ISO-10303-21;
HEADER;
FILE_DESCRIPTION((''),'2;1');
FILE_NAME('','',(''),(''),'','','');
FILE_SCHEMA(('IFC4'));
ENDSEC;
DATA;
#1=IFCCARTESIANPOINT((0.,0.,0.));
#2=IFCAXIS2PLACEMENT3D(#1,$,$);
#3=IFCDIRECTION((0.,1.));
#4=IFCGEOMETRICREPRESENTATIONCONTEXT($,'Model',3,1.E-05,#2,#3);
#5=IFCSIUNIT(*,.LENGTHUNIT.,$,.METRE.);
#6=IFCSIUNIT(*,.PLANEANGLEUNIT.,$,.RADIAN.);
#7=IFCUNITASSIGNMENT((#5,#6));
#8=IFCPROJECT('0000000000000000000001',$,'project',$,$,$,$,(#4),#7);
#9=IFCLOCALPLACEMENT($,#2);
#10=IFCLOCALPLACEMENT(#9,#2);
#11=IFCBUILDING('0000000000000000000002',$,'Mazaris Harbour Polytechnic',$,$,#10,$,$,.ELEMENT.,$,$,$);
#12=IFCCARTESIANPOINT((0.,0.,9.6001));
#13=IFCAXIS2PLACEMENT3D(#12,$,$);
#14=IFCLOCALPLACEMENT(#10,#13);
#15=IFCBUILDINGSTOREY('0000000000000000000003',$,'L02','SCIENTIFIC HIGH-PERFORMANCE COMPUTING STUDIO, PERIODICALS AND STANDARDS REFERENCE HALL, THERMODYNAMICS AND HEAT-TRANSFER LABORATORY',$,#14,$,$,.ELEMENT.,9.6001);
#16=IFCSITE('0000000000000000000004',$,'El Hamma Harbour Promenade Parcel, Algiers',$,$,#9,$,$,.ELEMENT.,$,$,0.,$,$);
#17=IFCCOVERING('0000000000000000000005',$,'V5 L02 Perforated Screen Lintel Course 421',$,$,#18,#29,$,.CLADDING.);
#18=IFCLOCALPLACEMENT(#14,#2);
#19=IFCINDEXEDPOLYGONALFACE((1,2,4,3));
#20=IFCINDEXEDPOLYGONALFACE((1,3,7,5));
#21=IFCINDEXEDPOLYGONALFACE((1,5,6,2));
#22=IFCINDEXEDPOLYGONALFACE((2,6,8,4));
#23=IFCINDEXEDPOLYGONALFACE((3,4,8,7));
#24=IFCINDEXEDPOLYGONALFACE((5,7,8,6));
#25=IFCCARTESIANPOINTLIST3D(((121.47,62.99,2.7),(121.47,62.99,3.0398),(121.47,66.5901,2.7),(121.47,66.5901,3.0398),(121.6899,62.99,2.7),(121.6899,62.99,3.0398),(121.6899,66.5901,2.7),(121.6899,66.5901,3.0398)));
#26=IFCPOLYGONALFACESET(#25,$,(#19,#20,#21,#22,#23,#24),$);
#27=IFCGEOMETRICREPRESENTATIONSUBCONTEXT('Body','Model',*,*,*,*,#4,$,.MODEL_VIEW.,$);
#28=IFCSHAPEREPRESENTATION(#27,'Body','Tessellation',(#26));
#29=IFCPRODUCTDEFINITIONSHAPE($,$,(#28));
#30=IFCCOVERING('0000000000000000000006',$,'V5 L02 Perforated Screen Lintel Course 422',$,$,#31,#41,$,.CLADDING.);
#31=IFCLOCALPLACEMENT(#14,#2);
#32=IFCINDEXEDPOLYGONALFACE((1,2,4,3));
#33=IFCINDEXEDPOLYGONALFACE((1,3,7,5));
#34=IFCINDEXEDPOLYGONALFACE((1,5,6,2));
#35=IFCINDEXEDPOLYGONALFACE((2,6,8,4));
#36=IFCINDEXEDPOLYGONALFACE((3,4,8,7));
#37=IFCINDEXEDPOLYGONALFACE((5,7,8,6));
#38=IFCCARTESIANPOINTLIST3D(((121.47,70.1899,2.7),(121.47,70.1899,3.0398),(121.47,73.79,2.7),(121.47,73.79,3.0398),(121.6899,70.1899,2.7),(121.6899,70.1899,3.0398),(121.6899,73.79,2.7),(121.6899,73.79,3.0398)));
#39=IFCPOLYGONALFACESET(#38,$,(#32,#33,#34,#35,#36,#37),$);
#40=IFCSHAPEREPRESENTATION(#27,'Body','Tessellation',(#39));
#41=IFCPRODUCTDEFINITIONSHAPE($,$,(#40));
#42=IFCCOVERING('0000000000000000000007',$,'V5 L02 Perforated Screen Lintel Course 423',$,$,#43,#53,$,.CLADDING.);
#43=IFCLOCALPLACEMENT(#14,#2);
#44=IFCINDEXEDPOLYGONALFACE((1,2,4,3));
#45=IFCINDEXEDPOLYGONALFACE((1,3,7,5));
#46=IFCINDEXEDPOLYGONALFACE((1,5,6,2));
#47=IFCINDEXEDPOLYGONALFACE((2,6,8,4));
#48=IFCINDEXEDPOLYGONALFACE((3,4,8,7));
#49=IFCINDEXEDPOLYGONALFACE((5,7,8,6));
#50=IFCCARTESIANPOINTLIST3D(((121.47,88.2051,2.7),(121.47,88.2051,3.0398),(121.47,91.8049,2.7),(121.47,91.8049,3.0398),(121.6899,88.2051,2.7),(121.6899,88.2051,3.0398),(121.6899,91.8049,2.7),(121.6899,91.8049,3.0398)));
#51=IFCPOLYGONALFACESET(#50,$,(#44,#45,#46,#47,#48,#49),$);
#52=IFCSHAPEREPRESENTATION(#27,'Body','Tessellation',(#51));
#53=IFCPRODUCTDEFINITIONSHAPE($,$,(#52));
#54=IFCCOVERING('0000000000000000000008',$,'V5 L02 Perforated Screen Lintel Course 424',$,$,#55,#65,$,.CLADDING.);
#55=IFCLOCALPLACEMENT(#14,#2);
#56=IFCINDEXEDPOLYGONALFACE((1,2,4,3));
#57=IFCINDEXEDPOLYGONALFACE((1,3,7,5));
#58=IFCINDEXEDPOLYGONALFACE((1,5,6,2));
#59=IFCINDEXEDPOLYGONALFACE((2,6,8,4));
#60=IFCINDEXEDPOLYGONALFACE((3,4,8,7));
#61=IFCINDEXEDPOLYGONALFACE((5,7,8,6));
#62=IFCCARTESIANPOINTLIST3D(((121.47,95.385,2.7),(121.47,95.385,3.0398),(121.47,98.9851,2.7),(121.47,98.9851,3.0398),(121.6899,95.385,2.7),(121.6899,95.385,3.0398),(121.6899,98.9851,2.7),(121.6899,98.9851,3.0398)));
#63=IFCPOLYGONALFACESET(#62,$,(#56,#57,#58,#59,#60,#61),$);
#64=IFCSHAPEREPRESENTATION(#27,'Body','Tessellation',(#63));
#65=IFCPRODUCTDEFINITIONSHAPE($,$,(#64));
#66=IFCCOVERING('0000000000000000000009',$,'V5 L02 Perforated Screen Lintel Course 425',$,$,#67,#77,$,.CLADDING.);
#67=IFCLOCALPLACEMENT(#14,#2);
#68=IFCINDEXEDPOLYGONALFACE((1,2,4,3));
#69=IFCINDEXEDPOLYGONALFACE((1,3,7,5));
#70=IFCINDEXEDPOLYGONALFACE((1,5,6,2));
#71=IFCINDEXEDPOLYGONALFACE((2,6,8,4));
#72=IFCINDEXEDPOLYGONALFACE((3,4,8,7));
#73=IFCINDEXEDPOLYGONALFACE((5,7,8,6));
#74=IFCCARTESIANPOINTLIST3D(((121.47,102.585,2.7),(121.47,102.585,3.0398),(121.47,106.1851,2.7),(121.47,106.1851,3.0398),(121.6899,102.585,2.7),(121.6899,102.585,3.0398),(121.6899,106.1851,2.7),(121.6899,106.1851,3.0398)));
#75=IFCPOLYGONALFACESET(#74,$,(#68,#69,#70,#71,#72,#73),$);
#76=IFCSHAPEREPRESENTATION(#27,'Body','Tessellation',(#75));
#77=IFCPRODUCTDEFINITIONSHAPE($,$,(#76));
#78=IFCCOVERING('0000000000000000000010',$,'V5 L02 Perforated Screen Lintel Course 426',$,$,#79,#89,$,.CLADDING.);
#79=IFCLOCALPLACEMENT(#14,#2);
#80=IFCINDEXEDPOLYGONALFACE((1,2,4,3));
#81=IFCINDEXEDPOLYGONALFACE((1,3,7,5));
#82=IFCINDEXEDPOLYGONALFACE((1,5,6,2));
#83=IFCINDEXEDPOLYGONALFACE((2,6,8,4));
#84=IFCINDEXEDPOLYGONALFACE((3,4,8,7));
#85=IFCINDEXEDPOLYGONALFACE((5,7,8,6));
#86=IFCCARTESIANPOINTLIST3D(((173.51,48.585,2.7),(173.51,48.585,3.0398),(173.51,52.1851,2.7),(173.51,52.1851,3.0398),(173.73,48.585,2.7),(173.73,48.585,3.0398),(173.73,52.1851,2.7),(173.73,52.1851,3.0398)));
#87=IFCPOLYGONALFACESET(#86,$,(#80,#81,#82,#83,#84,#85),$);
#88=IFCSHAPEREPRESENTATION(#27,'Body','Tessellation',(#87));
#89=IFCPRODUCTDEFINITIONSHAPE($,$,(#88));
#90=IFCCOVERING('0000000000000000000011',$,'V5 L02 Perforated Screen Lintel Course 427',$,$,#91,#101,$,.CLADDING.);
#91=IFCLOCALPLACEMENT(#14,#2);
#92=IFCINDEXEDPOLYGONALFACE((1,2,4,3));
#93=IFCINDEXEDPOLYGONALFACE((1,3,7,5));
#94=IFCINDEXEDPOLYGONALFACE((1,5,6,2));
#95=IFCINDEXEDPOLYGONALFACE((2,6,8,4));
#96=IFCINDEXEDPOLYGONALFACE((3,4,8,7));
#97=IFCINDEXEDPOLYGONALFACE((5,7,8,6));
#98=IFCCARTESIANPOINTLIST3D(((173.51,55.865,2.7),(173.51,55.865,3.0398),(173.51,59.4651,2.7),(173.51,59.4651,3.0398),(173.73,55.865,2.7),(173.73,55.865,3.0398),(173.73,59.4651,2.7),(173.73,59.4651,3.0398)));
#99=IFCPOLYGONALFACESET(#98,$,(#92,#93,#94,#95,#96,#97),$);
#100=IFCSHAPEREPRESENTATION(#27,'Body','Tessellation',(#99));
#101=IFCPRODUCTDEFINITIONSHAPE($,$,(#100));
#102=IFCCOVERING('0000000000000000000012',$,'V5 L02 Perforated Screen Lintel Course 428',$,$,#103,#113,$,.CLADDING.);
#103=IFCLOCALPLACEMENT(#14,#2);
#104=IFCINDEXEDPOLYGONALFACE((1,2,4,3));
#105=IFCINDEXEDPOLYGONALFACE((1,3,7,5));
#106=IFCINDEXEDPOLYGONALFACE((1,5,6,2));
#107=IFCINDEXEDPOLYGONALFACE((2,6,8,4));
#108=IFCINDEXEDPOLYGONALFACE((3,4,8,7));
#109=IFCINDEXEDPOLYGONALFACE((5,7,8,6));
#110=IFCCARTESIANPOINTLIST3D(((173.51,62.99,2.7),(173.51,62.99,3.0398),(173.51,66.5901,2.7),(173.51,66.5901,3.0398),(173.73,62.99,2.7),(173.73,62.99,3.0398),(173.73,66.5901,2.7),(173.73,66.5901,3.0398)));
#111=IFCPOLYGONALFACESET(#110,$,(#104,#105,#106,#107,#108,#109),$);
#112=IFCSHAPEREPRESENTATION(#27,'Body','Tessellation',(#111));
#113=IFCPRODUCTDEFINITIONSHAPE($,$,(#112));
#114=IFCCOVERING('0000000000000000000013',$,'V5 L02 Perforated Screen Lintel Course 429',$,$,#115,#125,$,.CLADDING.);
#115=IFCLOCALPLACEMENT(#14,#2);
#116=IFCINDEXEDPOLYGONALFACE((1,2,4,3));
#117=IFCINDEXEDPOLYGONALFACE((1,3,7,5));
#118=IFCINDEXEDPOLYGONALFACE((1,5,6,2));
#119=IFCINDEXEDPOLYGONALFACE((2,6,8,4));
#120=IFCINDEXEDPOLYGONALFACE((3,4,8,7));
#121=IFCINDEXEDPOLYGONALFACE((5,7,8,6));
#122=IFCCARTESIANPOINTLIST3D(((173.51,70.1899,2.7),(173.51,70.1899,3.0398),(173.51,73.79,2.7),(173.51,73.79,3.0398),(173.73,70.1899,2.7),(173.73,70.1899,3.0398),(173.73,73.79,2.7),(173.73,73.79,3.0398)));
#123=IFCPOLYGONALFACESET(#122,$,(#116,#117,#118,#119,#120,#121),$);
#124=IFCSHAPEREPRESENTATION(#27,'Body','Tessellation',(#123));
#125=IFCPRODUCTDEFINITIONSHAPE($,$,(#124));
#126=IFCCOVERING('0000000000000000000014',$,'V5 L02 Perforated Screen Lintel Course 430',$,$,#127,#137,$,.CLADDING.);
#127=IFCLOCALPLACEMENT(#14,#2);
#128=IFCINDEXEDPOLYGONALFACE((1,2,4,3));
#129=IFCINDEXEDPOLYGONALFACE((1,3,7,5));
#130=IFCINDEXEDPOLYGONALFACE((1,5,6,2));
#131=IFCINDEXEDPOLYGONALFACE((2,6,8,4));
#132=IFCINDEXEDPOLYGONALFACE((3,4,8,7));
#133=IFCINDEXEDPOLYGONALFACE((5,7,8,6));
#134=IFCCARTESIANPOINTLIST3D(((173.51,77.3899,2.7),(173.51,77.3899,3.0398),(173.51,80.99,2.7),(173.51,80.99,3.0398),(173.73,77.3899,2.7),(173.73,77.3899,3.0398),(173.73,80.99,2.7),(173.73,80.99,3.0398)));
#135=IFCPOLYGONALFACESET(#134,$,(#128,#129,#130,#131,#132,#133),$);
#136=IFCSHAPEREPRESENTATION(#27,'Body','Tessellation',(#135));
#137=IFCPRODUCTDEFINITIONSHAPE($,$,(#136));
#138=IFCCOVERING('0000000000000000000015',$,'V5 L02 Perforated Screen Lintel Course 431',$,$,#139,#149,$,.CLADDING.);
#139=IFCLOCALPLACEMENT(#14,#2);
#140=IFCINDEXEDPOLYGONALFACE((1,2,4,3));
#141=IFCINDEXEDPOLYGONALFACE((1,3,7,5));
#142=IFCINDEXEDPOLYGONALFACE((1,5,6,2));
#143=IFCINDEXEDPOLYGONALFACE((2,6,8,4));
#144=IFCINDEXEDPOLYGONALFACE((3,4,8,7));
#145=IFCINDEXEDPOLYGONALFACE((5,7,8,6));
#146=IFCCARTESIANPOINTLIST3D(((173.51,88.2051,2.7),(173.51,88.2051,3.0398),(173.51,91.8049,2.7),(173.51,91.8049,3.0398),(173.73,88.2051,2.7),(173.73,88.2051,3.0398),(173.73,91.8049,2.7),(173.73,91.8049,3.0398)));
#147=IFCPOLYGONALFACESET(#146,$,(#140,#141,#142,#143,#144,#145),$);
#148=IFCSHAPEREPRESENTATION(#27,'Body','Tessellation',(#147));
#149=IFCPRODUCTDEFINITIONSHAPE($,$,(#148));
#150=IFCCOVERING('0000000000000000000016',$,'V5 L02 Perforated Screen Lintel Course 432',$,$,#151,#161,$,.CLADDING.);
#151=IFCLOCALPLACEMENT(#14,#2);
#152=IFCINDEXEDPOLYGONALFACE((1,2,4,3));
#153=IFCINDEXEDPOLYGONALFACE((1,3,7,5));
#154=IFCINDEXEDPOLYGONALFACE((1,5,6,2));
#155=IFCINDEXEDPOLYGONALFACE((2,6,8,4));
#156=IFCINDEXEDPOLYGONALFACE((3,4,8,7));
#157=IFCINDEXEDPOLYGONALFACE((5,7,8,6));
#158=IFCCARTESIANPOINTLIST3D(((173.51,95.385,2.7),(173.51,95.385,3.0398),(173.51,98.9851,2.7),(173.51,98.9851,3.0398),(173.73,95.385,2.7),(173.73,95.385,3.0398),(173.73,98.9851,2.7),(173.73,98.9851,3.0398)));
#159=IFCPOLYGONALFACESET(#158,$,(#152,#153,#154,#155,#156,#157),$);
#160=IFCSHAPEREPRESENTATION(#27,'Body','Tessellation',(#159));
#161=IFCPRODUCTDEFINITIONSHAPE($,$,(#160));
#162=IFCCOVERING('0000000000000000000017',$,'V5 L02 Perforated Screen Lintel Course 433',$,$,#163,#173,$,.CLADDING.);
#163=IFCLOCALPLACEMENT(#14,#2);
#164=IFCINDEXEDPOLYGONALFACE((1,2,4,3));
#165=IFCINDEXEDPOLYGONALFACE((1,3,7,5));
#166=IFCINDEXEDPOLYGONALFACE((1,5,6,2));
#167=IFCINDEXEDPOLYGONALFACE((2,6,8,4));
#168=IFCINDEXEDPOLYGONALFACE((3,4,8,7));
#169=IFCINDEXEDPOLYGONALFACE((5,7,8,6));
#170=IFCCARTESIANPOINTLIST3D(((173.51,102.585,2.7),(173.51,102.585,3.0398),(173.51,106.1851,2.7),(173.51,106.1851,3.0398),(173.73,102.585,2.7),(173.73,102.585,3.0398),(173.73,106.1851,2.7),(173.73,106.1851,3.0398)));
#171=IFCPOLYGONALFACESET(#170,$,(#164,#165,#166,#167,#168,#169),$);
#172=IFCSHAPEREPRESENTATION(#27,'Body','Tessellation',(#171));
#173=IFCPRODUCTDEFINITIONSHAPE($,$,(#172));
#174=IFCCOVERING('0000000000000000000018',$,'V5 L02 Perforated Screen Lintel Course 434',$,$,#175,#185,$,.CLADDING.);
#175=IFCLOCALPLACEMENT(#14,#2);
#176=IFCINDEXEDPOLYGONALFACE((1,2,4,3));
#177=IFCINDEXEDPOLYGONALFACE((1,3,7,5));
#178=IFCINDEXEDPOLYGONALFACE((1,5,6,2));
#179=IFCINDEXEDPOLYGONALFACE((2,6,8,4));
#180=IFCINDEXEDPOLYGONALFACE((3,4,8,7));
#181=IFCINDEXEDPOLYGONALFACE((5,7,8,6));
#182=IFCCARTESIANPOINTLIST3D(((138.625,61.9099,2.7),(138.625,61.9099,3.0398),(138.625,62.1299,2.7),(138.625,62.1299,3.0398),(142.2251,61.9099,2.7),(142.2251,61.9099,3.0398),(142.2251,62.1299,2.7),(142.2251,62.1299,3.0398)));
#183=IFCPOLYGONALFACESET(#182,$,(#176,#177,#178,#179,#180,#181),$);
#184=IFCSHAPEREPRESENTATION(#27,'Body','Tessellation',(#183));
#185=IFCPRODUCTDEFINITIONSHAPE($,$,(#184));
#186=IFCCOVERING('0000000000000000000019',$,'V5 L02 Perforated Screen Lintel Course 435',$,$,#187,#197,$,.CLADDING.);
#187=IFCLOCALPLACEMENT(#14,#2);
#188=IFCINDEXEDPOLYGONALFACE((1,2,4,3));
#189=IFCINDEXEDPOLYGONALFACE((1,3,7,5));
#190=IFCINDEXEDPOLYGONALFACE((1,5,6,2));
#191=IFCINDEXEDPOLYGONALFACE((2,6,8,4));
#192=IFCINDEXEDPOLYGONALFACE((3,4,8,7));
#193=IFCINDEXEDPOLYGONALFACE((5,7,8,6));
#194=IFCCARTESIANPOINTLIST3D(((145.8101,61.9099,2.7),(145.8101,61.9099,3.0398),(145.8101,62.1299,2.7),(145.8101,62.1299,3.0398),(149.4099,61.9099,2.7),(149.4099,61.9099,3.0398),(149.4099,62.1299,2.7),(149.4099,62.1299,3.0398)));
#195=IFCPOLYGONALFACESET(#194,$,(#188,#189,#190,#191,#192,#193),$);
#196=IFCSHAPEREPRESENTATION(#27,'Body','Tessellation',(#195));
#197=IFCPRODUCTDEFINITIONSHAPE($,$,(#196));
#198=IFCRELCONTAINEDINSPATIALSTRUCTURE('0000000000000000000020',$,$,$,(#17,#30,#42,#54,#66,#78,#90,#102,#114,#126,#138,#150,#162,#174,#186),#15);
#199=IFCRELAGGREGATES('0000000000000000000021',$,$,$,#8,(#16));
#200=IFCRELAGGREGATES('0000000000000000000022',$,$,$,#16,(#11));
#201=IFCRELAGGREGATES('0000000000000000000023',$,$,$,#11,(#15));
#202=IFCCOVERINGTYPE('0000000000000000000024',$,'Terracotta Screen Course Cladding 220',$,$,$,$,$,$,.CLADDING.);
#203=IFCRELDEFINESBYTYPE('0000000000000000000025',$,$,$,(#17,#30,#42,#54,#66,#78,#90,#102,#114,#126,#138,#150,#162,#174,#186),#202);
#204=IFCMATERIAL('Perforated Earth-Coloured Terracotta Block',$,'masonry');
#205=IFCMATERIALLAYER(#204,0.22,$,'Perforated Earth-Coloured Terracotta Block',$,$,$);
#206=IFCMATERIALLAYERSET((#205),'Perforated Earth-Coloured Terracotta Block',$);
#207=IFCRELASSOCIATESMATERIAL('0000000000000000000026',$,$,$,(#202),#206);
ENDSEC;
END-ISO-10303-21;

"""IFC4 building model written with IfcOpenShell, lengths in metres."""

from ifc_helpers import new_model, si_unit, direction, frame, origin, place, context, subcontext, project, spatial, polyline, outline, extrude, material, layer, layer_set, type_object, element, save


model = new_model("IFC4")

# Units and contexts
model_context = context("Model", 3, precision=1e-05, world=origin(), true_north=direction((0.0, 1.0)))
body_context = subcontext(model_context, "Body", "Model", "MODEL_VIEW")
ifc_project = project(units=[si_unit("LENGTHUNIT", "METRE"), si_unit("PLANEANGLEUNIT", "RADIAN")], contexts=[model_context])

# Site, building, storey
site_placement = place(None, origin())
site = spatial("IfcSite", under=ifc_project, at=site_placement, Name="El Hamma Harbour Promenade Parcel, Algiers", CompositionType="ELEMENT", RefElevation=0.0)
building_placement = place(site_placement, origin())
building = spatial("IfcBuilding", under=site, at=building_placement, Name="Mazaris Harbour Polytechnic", CompositionType="ELEMENT")
storey_placement = place(building_placement, frame((0.0, 0.0, 9.6001)))
storey = spatial("IfcBuildingStorey", under=building, at=storey_placement, Name="L02", Description="SCIENTIFIC HIGH-PERFORMANCE COMPUTING STUDIO, PERIODICALS AND STANDARDS REFERENCE HALL, THERMODYNAMICS AND HEAT-TRANSFER LABORATORY", CompositionType="ELEMENT", Elevation=9.6001)

# Coverings
ifc_material_1 = material(Name="Perforated Earth-Coloured Terracotta Block", Category="masonry")
ifc_layer_1 = layer(ifc_material_1, 0.22, Name="Perforated Earth-Coloured Terracotta Block")
ifc_layer_set_1 = layer_set([ifc_layer_1], Name="Perforated Earth-Coloured Terracotta Block")
covering_type_1 = type_object("IfcCoveringType", Name="Terracotta Screen Course Cladding 220", PredefinedType="CLADDING", material=ifc_layer_set_1)
covering_1_placement = place(storey_placement, frame((0.0, 0.0, 2.7)))
element("IfcCovering", 1, at=covering_1_placement, inside=storey, type_object=covering_type_1, Name="V5 L02 Perforated Screen Lintel Course 421", PredefinedType="CLADDING", context=body_context, shape_type="SweptSolid", body=[
    extrude(outline(polyline([(121.6899, 62.99), (121.6899, 66.5901), (121.47, 66.5901), (121.47, 62.99), (121.6899, 62.99)])), origin(), (0.0, 0.0, 1.0), 0.3398),
])
covering_2_placement = place(storey_placement, frame((0.0, 0.0, 2.7)))
element("IfcCovering", 2, at=covering_2_placement, inside=storey, type_object=covering_type_1, Name="V5 L02 Perforated Screen Lintel Course 422", PredefinedType="CLADDING", context=body_context, shape_type="SweptSolid", body=[
    extrude(outline(polyline([(121.6899, 70.1899), (121.6899, 73.79), (121.47, 73.79), (121.47, 70.1899), (121.6899, 70.1899)])), origin(), (0.0, 0.0, 1.0), 0.3398),
])
covering_3_placement = place(storey_placement, frame((0.0, 0.0, 2.7)))
element("IfcCovering", 3, at=covering_3_placement, inside=storey, type_object=covering_type_1, Name="V5 L02 Perforated Screen Lintel Course 423", PredefinedType="CLADDING", context=body_context, shape_type="SweptSolid", body=[
    extrude(outline(polyline([(121.6899, 88.2051), (121.6899, 91.8049), (121.47, 91.8049), (121.47, 88.2051), (121.6899, 88.2051)])), origin(), (0.0, 0.0, 1.0), 0.3398),
])
covering_4_placement = place(storey_placement, frame((0.0, 0.0, 2.7)))
element("IfcCovering", 4, at=covering_4_placement, inside=storey, type_object=covering_type_1, Name="V5 L02 Perforated Screen Lintel Course 424", PredefinedType="CLADDING", context=body_context, shape_type="SweptSolid", body=[
    extrude(outline(polyline([(121.6899, 95.385), (121.6899, 98.9851), (121.47, 98.9851), (121.47, 95.385), (121.6899, 95.385)])), origin(), (0.0, 0.0, 1.0), 0.3398),
])
covering_5_placement = place(storey_placement, frame((0.0, 0.0, 2.7)))
element("IfcCovering", 5, at=covering_5_placement, inside=storey, type_object=covering_type_1, Name="V5 L02 Perforated Screen Lintel Course 425", PredefinedType="CLADDING", context=body_context, shape_type="SweptSolid", body=[
    extrude(outline(polyline([(121.6899, 102.585), (121.6899, 106.1851), (121.47, 106.1851), (121.47, 102.585), (121.6899, 102.585)])), origin(), (0.0, 0.0, 1.0), 0.3398),
])
covering_6_placement = place(storey_placement, frame((0.0, 0.0, 2.7)))
element("IfcCovering", 6, at=covering_6_placement, inside=storey, type_object=covering_type_1, Name="V5 L02 Perforated Screen Lintel Course 426", PredefinedType="CLADDING", context=body_context, shape_type="SweptSolid", body=[
    extrude(outline(polyline([(173.51, 52.1851), (173.51, 48.585), (173.73, 48.585), (173.73, 52.1851), (173.51, 52.1851)])), origin(), (0.0, 0.0, 1.0), 0.3398),
])
covering_7_placement = place(storey_placement, frame((0.0, 0.0, 2.7)))
element("IfcCovering", 7, at=covering_7_placement, inside=storey, type_object=covering_type_1, Name="V5 L02 Perforated Screen Lintel Course 427", PredefinedType="CLADDING", context=body_context, shape_type="SweptSolid", body=[
    extrude(outline(polyline([(173.51, 59.4651), (173.51, 55.865), (173.73, 55.865), (173.73, 59.4651), (173.51, 59.4651)])), origin(), (0.0, 0.0, 1.0), 0.3398),
])
covering_8_placement = place(storey_placement, frame((0.0, 0.0, 2.7)))
element("IfcCovering", 8, at=covering_8_placement, inside=storey, type_object=covering_type_1, Name="V5 L02 Perforated Screen Lintel Course 428", PredefinedType="CLADDING", context=body_context, shape_type="SweptSolid", body=[
    extrude(outline(polyline([(173.51, 66.5901), (173.51, 62.99), (173.73, 62.99), (173.73, 66.5901), (173.51, 66.5901)])), origin(), (0.0, 0.0, 1.0), 0.3398),
])
covering_9_placement = place(storey_placement, frame((0.0, 0.0, 2.7)))
element("IfcCovering", 9, at=covering_9_placement, inside=storey, type_object=covering_type_1, Name="V5 L02 Perforated Screen Lintel Course 429", PredefinedType="CLADDING", context=body_context, shape_type="SweptSolid", body=[
    extrude(outline(polyline([(173.51, 73.79), (173.51, 70.1899), (173.73, 70.1899), (173.73, 73.79), (173.51, 73.79)])), origin(), (0.0, 0.0, 1.0), 0.3398),
])
covering_10_placement = place(storey_placement, frame((0.0, 0.0, 2.7)))
element("IfcCovering", 10, at=covering_10_placement, inside=storey, type_object=covering_type_1, Name="V5 L02 Perforated Screen Lintel Course 430", PredefinedType="CLADDING", context=body_context, shape_type="SweptSolid", body=[
    extrude(outline(polyline([(173.51, 80.99), (173.51, 77.3899), (173.73, 77.3899), (173.73, 80.99), (173.51, 80.99)])), origin(), (0.0, 0.0, 1.0), 0.3398),
])
covering_11_placement = place(storey_placement, frame((0.0, 0.0, 2.7)))
element("IfcCovering", 11, at=covering_11_placement, inside=storey, type_object=covering_type_1, Name="V5 L02 Perforated Screen Lintel Course 431", PredefinedType="CLADDING", context=body_context, shape_type="SweptSolid", body=[
    extrude(outline(polyline([(173.51, 91.8049), (173.51, 88.2051), (173.73, 88.2051), (173.73, 91.8049), (173.51, 91.8049)])), origin(), (0.0, 0.0, 1.0), 0.3398),
])
covering_12_placement = place(storey_placement, frame((0.0, 0.0, 2.7)))
element("IfcCovering", 12, at=covering_12_placement, inside=storey, type_object=covering_type_1, Name="V5 L02 Perforated Screen Lintel Course 432", PredefinedType="CLADDING", context=body_context, shape_type="SweptSolid", body=[
    extrude(outline(polyline([(173.51, 98.9851), (173.51, 95.385), (173.73, 95.385), (173.73, 98.9851), (173.51, 98.9851)])), origin(), (0.0, 0.0, 1.0), 0.3398),
])
covering_13_placement = place(storey_placement, frame((0.0, 0.0, 2.7)))
element("IfcCovering", 13, at=covering_13_placement, inside=storey, type_object=covering_type_1, Name="V5 L02 Perforated Screen Lintel Course 433", PredefinedType="CLADDING", context=body_context, shape_type="SweptSolid", body=[
    extrude(outline(polyline([(173.51, 106.1851), (173.51, 102.585), (173.73, 102.585), (173.73, 106.1851), (173.51, 106.1851)])), origin(), (0.0, 0.0, 1.0), 0.3398),
])
covering_14_placement = place(storey_placement, frame((0.0, 0.0, 2.7)))
element("IfcCovering", 14, at=covering_14_placement, inside=storey, type_object=covering_type_1, Name="V5 L02 Perforated Screen Lintel Course 434", PredefinedType="CLADDING", context=body_context, shape_type="SweptSolid", body=[
    extrude(outline(polyline([(138.625, 61.9099), (142.2251, 61.9099), (142.2251, 62.1299), (138.625, 62.1299), (138.625, 61.9099)])), origin(), (0.0, 0.0, 1.0), 0.3398),
])
covering_15_placement = place(storey_placement, frame((0.0, 0.0, 2.7)))
element("IfcCovering", 15, at=covering_15_placement, inside=storey, type_object=covering_type_1, Name="V5 L02 Perforated Screen Lintel Course 435", PredefinedType="CLADDING", context=body_context, shape_type="SweptSolid", body=[
    extrude(outline(polyline([(145.8101, 61.9099), (149.4099, 61.9099), (149.4099, 62.1299), (145.8101, 62.1299), (145.8101, 61.9099)])), origin(), (0.0, 0.0, 1.0), 0.3398),
])

save(model, "model.ifc")
